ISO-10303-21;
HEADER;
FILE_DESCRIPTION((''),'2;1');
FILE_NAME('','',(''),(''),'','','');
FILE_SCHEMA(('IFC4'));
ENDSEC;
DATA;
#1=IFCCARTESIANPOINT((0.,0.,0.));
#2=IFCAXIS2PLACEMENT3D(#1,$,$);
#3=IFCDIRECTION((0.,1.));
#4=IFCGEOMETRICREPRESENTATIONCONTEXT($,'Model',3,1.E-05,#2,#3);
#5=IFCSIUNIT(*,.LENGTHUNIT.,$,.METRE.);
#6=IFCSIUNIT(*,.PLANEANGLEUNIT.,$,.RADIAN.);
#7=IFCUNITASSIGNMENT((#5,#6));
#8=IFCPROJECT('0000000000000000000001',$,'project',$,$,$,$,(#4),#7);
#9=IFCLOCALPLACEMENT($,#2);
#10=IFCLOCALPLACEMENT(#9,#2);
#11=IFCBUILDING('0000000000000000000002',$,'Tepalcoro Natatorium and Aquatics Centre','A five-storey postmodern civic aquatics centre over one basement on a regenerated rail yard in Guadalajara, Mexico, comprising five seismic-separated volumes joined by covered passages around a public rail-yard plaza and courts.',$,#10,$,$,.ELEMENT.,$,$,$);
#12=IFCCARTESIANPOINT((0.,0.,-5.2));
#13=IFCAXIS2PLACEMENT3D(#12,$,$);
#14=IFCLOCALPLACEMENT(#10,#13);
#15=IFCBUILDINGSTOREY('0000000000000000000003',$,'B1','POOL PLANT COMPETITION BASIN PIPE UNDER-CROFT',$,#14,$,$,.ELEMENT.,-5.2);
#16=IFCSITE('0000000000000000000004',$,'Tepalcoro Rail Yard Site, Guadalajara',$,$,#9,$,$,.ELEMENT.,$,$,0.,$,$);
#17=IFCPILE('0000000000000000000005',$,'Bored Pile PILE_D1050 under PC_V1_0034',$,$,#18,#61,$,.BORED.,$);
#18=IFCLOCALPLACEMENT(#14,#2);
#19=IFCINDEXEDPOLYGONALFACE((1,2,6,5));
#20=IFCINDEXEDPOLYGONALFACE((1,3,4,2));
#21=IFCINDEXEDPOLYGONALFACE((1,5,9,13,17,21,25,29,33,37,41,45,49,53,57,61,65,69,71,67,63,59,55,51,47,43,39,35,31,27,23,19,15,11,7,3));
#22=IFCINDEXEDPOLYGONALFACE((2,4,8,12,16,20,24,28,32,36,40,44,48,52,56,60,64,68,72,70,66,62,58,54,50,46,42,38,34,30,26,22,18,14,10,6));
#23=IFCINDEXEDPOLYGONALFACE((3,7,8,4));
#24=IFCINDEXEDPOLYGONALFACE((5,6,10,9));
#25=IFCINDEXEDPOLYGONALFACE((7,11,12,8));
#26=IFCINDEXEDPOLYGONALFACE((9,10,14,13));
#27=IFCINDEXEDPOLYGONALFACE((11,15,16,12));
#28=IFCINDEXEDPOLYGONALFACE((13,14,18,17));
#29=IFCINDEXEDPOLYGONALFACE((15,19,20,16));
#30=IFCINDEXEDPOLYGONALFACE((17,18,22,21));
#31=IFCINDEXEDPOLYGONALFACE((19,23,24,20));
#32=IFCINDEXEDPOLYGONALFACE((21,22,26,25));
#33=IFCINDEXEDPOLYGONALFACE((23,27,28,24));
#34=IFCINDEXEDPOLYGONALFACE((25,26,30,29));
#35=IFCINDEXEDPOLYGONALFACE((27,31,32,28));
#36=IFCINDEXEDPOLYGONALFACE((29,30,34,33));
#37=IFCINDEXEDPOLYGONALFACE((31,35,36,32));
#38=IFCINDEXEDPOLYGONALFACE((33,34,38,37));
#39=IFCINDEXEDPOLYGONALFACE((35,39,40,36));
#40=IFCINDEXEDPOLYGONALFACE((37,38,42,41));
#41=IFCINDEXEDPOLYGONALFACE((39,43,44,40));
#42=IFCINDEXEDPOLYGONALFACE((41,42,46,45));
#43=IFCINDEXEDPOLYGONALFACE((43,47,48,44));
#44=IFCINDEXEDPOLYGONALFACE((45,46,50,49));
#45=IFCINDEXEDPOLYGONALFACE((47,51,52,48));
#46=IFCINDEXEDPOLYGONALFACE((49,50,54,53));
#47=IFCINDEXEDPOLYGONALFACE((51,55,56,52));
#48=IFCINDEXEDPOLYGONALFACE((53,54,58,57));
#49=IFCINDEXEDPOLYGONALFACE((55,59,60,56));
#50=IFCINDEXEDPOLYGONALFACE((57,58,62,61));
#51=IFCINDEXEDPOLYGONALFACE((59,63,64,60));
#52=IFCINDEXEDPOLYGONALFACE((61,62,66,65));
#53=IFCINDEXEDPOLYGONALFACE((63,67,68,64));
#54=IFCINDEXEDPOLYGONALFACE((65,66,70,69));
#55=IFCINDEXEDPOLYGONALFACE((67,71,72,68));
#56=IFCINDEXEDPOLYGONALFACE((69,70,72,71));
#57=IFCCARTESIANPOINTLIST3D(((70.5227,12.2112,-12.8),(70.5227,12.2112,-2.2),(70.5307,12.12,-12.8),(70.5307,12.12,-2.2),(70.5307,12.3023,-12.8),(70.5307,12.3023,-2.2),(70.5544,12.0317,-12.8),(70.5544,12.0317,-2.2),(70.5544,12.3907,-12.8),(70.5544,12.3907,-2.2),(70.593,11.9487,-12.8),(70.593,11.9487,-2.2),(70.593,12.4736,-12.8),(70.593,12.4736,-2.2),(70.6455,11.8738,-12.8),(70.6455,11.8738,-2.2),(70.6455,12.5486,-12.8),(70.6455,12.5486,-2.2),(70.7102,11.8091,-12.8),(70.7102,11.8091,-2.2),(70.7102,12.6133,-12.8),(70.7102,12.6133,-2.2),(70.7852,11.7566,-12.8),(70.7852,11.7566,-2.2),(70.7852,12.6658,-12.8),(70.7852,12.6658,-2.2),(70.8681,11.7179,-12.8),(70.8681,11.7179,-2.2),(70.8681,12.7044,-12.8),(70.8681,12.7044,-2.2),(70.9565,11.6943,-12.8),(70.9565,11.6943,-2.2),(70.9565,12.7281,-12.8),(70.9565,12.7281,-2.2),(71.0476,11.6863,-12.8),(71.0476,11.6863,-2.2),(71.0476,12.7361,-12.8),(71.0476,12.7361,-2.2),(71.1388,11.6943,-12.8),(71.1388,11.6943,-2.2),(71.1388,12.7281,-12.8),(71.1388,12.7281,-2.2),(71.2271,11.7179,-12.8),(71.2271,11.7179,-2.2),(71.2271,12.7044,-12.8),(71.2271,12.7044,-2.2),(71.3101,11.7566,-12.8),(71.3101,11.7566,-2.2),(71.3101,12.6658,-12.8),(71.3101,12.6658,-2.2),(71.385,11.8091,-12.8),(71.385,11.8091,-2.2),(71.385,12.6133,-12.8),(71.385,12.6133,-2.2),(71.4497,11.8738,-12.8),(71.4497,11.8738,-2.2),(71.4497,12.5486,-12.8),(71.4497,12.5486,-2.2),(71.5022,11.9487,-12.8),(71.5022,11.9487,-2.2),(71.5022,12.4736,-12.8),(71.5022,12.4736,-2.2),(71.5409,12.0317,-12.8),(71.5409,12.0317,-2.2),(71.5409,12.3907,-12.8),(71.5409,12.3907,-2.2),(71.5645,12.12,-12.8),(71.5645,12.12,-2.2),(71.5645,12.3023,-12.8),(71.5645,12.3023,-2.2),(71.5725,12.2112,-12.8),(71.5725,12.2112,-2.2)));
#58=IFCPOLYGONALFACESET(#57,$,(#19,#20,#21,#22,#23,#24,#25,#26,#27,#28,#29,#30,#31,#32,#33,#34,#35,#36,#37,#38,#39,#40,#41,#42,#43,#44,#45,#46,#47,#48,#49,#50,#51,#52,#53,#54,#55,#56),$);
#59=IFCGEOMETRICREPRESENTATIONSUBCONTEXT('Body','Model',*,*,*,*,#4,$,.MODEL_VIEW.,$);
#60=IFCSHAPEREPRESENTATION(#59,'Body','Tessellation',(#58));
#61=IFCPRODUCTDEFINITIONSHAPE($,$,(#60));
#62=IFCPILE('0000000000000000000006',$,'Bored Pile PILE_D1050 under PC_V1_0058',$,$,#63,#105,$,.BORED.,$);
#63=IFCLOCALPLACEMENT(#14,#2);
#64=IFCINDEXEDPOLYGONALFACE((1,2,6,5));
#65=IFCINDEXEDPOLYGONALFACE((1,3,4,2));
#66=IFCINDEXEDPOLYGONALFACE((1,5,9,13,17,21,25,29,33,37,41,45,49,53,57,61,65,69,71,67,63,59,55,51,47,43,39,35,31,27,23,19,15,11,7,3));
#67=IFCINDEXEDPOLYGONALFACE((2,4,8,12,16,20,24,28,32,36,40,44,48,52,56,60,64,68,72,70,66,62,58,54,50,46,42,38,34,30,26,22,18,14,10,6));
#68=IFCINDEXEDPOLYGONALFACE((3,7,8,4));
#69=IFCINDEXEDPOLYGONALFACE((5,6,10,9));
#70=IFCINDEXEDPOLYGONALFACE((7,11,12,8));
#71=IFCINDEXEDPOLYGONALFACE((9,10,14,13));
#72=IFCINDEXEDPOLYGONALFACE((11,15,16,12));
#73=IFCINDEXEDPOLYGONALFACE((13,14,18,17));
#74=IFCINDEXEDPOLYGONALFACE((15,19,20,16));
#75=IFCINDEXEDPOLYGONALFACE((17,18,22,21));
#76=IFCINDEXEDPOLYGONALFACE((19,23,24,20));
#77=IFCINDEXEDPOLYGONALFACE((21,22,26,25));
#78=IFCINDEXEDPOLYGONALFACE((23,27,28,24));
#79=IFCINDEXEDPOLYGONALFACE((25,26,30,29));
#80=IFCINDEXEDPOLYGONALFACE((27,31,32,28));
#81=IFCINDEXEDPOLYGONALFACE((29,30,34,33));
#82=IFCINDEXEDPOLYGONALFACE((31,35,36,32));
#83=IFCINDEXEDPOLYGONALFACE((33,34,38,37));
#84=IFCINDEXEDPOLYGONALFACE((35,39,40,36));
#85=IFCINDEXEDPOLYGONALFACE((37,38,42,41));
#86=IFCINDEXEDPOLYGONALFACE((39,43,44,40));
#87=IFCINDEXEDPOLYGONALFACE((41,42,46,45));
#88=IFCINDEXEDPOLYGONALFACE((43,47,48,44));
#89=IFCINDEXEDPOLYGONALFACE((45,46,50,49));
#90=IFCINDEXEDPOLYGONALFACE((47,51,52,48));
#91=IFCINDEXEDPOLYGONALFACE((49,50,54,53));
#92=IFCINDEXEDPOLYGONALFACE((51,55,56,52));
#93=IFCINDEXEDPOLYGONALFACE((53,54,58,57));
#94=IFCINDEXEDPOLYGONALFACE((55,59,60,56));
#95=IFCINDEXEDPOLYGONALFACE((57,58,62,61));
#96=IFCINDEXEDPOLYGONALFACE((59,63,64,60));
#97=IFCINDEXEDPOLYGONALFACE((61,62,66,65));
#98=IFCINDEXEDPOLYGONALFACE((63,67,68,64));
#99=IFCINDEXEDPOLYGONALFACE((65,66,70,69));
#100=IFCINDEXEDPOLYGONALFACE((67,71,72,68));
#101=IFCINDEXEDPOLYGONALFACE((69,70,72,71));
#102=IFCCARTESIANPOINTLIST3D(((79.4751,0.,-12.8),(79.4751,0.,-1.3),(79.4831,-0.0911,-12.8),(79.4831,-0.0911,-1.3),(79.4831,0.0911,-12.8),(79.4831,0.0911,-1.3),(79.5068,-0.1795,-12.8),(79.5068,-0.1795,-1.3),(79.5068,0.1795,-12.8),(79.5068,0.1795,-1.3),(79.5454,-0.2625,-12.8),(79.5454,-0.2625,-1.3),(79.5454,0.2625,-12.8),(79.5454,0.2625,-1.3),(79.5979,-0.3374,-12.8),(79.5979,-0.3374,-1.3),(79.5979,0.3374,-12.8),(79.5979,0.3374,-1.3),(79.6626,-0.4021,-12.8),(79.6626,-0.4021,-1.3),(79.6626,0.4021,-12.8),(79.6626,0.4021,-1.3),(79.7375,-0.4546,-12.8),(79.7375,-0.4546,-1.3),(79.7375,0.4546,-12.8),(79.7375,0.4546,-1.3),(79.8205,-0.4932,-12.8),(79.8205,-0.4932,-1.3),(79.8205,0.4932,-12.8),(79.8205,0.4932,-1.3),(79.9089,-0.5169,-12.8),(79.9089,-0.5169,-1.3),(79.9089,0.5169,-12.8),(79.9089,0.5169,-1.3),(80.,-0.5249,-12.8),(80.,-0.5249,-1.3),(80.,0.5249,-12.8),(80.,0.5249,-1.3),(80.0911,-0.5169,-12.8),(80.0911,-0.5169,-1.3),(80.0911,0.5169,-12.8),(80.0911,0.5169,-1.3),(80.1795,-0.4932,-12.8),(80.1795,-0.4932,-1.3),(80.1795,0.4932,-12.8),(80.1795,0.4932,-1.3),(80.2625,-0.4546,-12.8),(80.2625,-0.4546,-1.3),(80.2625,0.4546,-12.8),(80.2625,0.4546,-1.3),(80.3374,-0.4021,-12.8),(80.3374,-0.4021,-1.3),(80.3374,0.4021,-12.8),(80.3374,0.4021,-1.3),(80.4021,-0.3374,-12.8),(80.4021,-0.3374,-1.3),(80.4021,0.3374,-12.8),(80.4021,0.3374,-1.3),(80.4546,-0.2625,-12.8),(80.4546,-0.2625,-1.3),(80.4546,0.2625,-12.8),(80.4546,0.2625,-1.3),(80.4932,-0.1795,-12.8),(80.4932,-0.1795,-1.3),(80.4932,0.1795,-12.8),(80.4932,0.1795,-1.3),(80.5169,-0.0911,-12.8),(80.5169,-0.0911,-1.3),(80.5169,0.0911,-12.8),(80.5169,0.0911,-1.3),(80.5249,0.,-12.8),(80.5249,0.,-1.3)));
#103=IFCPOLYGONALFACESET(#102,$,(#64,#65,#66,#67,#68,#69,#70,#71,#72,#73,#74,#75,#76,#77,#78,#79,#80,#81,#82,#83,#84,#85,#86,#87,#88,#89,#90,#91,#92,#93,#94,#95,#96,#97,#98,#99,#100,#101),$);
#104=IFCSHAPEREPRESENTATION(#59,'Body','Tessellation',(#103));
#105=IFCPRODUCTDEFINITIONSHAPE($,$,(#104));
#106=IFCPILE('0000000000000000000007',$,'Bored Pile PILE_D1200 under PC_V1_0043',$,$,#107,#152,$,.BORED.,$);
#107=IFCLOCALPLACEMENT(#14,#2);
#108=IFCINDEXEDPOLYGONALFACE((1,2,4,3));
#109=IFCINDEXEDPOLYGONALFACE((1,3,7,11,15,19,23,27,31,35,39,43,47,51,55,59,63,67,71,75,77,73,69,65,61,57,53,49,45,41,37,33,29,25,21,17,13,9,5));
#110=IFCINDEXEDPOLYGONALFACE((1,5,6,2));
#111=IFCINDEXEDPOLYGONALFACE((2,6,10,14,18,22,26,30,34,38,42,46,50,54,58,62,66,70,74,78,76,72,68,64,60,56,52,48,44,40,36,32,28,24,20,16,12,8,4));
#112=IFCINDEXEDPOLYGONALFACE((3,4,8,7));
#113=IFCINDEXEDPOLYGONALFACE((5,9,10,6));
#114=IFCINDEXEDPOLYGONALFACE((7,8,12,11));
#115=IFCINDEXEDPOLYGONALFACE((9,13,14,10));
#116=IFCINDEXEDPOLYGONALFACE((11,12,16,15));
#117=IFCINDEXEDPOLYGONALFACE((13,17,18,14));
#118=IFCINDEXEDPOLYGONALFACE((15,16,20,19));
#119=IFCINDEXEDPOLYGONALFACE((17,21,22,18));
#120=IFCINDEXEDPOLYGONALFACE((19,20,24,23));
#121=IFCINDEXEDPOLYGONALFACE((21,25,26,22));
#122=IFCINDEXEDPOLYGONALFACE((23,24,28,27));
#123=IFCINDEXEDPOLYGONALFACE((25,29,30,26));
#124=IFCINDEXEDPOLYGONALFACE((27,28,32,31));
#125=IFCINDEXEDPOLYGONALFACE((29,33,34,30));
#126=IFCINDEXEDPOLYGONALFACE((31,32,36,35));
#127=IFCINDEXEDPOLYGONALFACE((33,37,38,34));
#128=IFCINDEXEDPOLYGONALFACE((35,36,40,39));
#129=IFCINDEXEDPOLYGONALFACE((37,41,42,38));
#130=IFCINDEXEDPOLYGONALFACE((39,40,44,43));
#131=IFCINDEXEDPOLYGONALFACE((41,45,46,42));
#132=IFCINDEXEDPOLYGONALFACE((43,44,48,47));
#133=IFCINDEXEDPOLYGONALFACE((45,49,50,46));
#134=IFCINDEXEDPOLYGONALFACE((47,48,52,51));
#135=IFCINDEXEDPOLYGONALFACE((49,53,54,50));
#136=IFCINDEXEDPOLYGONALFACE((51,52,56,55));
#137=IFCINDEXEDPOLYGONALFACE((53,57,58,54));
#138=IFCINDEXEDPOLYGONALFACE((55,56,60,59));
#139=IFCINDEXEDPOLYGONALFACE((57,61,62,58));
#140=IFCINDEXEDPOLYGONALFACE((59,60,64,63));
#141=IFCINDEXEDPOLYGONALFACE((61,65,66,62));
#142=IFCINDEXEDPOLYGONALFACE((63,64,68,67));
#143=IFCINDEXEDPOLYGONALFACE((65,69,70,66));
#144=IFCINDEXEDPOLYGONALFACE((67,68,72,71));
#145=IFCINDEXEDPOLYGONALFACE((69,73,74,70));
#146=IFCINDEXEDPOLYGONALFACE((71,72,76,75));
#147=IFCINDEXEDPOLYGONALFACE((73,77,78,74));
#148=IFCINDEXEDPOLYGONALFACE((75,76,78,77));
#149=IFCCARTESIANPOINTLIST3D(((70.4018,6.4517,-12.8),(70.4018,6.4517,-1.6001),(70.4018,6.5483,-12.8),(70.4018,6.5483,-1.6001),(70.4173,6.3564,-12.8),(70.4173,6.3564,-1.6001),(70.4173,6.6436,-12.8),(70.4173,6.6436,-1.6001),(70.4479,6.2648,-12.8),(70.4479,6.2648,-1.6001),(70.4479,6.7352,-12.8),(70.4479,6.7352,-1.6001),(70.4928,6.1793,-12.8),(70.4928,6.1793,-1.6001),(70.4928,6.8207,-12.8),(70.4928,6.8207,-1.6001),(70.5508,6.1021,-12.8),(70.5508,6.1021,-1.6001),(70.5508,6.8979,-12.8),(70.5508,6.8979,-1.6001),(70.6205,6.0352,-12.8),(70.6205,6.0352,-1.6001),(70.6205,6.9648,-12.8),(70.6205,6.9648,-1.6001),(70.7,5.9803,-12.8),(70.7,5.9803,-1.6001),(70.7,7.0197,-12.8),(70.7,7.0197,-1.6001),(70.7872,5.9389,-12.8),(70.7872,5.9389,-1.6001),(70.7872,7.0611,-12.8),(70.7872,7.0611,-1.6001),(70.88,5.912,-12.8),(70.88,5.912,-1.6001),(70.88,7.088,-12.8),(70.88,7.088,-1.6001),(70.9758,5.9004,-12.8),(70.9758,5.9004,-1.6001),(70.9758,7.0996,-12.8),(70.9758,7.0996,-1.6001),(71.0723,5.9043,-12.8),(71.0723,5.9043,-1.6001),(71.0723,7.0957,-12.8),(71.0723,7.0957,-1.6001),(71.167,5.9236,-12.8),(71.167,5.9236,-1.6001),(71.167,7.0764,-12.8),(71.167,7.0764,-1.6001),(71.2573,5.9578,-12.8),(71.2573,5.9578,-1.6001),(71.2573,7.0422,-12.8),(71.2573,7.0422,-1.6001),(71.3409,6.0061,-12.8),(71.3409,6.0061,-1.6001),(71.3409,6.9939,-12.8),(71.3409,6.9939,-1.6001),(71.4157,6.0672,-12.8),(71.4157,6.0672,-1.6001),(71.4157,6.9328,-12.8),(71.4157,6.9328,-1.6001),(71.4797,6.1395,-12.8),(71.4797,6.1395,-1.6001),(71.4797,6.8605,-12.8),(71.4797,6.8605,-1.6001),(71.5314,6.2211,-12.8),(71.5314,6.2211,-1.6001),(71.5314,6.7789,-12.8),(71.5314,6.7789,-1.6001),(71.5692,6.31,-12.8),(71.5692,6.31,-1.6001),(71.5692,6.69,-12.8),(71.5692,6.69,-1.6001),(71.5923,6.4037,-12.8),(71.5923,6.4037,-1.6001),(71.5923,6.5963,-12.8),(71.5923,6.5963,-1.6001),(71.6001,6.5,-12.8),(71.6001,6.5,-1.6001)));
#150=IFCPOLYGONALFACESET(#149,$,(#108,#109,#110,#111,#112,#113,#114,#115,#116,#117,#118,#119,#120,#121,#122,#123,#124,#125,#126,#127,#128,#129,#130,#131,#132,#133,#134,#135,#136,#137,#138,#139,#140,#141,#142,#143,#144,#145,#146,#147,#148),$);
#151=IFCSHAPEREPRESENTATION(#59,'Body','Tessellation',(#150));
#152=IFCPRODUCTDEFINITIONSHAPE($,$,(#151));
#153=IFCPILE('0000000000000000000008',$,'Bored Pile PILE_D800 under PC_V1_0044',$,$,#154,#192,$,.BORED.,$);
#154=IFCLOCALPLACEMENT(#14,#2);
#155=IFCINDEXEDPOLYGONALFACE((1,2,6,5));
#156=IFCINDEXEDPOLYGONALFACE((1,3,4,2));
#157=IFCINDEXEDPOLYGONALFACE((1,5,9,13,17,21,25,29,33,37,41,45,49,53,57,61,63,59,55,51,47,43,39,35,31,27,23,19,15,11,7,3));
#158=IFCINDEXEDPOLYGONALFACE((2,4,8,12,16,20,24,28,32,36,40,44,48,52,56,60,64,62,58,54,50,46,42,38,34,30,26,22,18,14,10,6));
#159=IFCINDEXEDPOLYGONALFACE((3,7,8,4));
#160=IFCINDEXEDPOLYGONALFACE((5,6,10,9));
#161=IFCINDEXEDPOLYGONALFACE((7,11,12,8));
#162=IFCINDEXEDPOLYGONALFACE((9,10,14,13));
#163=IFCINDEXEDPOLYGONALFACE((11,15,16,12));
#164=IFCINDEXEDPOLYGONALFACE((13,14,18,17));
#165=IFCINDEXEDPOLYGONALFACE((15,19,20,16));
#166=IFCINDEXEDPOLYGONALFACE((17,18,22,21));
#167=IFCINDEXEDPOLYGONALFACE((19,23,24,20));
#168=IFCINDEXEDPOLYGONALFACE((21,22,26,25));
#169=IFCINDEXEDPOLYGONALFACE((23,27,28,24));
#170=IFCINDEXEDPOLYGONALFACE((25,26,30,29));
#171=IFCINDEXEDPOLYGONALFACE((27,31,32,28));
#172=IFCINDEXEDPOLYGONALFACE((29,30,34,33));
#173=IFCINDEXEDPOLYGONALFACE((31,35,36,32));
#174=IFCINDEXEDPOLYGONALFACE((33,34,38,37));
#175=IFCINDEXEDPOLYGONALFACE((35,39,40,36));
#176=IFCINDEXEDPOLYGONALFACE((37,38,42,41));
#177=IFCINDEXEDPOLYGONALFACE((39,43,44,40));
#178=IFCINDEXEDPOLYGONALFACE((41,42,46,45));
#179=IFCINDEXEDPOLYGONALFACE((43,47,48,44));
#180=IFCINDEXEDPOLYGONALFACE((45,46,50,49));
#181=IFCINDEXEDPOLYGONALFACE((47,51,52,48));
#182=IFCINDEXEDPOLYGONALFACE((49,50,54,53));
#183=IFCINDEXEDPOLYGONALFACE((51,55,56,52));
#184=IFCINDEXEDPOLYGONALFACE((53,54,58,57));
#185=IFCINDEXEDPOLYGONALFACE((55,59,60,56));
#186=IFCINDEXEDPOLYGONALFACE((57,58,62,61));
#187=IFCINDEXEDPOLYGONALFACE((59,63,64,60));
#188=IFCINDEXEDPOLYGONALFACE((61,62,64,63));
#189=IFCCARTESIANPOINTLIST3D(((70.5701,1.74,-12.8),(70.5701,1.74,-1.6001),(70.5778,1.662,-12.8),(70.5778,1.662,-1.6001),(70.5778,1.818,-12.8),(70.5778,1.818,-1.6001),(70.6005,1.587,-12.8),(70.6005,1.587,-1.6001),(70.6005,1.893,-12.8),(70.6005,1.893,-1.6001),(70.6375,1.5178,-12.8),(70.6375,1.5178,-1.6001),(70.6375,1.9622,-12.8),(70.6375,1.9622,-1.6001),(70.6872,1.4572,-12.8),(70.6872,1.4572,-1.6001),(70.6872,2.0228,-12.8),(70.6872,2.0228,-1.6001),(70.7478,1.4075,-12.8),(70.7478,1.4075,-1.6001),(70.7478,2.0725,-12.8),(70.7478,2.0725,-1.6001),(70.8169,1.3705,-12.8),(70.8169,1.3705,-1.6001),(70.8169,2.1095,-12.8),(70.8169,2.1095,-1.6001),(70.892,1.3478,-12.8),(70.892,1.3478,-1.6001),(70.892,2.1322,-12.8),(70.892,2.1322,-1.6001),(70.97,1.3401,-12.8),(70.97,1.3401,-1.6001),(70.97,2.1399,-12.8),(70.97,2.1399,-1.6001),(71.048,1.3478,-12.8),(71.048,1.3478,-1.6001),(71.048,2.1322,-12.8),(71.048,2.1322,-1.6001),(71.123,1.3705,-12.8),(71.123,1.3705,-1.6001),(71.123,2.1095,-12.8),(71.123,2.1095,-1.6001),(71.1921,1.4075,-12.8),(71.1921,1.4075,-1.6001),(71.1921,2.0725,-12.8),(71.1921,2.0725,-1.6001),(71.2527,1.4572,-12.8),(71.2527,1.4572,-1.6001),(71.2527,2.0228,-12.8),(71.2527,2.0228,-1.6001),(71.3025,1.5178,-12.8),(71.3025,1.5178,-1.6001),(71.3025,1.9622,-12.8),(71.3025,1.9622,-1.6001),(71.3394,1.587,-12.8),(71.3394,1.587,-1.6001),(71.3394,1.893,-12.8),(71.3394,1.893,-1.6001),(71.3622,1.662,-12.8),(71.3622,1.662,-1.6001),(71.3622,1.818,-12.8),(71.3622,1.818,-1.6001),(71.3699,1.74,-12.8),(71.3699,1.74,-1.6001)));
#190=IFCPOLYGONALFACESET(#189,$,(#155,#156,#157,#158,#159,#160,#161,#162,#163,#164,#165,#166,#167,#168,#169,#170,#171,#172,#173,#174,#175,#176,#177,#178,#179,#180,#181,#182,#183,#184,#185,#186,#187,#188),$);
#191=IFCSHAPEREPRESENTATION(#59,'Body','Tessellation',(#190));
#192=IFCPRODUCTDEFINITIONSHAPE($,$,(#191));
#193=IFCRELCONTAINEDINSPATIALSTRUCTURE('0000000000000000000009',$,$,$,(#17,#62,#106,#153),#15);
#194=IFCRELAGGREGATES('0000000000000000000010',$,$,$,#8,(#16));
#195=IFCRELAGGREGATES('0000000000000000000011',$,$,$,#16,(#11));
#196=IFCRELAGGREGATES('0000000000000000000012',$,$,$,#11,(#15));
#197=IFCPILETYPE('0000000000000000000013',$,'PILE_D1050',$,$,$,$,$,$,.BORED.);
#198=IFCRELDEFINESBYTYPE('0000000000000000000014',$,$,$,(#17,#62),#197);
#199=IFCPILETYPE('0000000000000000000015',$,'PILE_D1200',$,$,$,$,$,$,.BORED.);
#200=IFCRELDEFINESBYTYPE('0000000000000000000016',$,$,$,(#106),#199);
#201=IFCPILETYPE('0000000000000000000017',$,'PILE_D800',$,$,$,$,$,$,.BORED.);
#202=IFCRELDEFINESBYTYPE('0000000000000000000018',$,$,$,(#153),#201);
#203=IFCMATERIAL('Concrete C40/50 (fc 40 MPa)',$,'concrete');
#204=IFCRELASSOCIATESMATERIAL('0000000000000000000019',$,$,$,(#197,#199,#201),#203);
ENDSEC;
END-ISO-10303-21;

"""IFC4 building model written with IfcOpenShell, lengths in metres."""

from ifc_helpers import new_model, si_unit, direction, frame, origin, origin_2d, place, context, subcontext, project, spatial, circle, extrude, material, material_profile, profile_set, type_object, element, save


model = new_model("IFC4")

# Units and contexts
model_context = context("Model", 3, precision=1e-05, world=origin(), true_north=direction((0.0, 1.0)))
body_context = subcontext(model_context, "Body", "Model", "MODEL_VIEW")
ifc_project = project(units=[si_unit("LENGTHUNIT", "METRE"), si_unit("PLANEANGLEUNIT", "RADIAN")], contexts=[model_context])

# Site, building, storey
site_placement = place(None, origin())
site = spatial("IfcSite", under=ifc_project, at=site_placement, Name="Tepalcoro Rail Yard Site, Guadalajara", CompositionType="ELEMENT", RefElevation=0.0)
building_placement = place(site_placement, origin())
building = spatial("IfcBuilding", under=site, at=building_placement, Name="Tepalcoro Natatorium and Aquatics Centre", Description="A five-storey postmodern civic aquatics centre over one basement on a regenerated rail yard in Guadalajara, Mexico, comprising five seismic-separated volumes joined by covered passages around a public rail-yard plaza and courts.", CompositionType="ELEMENT")
storey_placement = place(building_placement, frame((0.0, 0.0, -5.2)))
storey = spatial("IfcBuildingStorey", under=building, at=storey_placement, Name="B1", Description="POOL PLANT COMPETITION BASIN PIPE UNDER-CROFT", CompositionType="ELEMENT", Elevation=-5.2)

# Piles
ifc_material_1 = material(Name="Concrete C40/50 (fc 40 MPa)", Category="concrete")
ifc_material_profile_1 = material_profile(ifc_material_1, circle(Radius=0.5249, at=origin_2d()), Name="PILE_D1050")
ifc_profile_set_1 = profile_set([ifc_material_profile_1], Name="Concrete C40/50 (fc 40 MPa)")
pile_type_1 = type_object("IfcPileType", Name="PILE_D1050", PredefinedType="BORED", material=ifc_profile_set_1)
pile_1_placement = place(storey_placement, frame((71.0476, 12.2112, -2.2), z_axis=(0.0, 0.0, -1.0), x_axis=(1.0, 0.0, 0.0)))
element("IfcPile", 1, at=pile_1_placement, inside=storey, type_object=pile_type_1, Name="Bored Pile PILE_D1050 under PC_V1_0034", PredefinedType="BORED", context=body_context, shape_type="SweptSolid", body=[
    extrude(circle(Radius=0.5249, at=origin_2d()), origin(), (0.0, 0.0, 1.0), 10.6001),
])
pile_2_placement = place(storey_placement, frame((80.0, 0.0, -1.3), z_axis=(0.0, 0.0, -1.0), x_axis=(1.0, 0.0, 0.0)))
element("IfcPile", 2, at=pile_2_placement, inside=storey, type_object=pile_type_1, Name="Bored Pile PILE_D1050 under PC_V1_0058", PredefinedType="BORED", context=body_context, shape_type="SweptSolid", body=[
    extrude(circle(Radius=0.5249, at=origin_2d()), origin(), (0.0, 0.0, 1.0), 11.5),
])
ifc_material_profile_2 = material_profile(ifc_material_1, circle(Radius=0.6001, at=origin_2d()), Name="PILE_D1200")
ifc_profile_set_2 = profile_set([ifc_material_profile_2], Name="Concrete C40/50 (fc 40 MPa)")
pile_type_2 = type_object("IfcPileType", Name="PILE_D1200", PredefinedType="BORED", material=ifc_profile_set_2)
pile_3_placement = place(storey_placement, frame((71.0, 6.5, -1.6001), z_axis=(0.0, 0.0, -1.0), x_axis=(1.0, 0.0, 0.0)))
element("IfcPile", 3, at=pile_3_placement, inside=storey, type_object=pile_type_2, Name="Bored Pile PILE_D1200 under PC_V1_0043", PredefinedType="BORED", context=body_context, shape_type="SweptSolid", body=[
    extrude(circle(Radius=0.6001, at=origin_2d()), origin(), (0.0, 0.0, 1.0), 11.2),
])
ifc_material_profile_3 = material_profile(ifc_material_1, circle(Radius=0.3999, at=origin_2d()), Name="PILE_D800")
ifc_profile_set_3 = profile_set([ifc_material_profile_3], Name="Concrete C40/50 (fc 40 MPa)")
pile_type_3 = type_object("IfcPileType", Name="PILE_D800", PredefinedType="BORED", material=ifc_profile_set_3)
for number, where, z_axis, x_axis, name in (
    (4, (70.97, 1.74, -1.6001), (0.0, 0.0, -1.0), (1.0, 0.0, 0.0), "Bored Pile PILE_D800 under PC_V1_0044"),
):
    element("IfcPile", number, at=place(storey_placement, frame(where, z_axis=z_axis, x_axis=x_axis)), inside=storey, type_object=pile_type_3, Name=name, PredefinedType="BORED", context=body_context, shape_type="SweptSolid", body=[
        extrude(circle(Radius=0.3999, at=origin_2d()), origin(), (0.0, 0.0, 1.0), 11.2),
    ])

save(model, "model.ifc")
